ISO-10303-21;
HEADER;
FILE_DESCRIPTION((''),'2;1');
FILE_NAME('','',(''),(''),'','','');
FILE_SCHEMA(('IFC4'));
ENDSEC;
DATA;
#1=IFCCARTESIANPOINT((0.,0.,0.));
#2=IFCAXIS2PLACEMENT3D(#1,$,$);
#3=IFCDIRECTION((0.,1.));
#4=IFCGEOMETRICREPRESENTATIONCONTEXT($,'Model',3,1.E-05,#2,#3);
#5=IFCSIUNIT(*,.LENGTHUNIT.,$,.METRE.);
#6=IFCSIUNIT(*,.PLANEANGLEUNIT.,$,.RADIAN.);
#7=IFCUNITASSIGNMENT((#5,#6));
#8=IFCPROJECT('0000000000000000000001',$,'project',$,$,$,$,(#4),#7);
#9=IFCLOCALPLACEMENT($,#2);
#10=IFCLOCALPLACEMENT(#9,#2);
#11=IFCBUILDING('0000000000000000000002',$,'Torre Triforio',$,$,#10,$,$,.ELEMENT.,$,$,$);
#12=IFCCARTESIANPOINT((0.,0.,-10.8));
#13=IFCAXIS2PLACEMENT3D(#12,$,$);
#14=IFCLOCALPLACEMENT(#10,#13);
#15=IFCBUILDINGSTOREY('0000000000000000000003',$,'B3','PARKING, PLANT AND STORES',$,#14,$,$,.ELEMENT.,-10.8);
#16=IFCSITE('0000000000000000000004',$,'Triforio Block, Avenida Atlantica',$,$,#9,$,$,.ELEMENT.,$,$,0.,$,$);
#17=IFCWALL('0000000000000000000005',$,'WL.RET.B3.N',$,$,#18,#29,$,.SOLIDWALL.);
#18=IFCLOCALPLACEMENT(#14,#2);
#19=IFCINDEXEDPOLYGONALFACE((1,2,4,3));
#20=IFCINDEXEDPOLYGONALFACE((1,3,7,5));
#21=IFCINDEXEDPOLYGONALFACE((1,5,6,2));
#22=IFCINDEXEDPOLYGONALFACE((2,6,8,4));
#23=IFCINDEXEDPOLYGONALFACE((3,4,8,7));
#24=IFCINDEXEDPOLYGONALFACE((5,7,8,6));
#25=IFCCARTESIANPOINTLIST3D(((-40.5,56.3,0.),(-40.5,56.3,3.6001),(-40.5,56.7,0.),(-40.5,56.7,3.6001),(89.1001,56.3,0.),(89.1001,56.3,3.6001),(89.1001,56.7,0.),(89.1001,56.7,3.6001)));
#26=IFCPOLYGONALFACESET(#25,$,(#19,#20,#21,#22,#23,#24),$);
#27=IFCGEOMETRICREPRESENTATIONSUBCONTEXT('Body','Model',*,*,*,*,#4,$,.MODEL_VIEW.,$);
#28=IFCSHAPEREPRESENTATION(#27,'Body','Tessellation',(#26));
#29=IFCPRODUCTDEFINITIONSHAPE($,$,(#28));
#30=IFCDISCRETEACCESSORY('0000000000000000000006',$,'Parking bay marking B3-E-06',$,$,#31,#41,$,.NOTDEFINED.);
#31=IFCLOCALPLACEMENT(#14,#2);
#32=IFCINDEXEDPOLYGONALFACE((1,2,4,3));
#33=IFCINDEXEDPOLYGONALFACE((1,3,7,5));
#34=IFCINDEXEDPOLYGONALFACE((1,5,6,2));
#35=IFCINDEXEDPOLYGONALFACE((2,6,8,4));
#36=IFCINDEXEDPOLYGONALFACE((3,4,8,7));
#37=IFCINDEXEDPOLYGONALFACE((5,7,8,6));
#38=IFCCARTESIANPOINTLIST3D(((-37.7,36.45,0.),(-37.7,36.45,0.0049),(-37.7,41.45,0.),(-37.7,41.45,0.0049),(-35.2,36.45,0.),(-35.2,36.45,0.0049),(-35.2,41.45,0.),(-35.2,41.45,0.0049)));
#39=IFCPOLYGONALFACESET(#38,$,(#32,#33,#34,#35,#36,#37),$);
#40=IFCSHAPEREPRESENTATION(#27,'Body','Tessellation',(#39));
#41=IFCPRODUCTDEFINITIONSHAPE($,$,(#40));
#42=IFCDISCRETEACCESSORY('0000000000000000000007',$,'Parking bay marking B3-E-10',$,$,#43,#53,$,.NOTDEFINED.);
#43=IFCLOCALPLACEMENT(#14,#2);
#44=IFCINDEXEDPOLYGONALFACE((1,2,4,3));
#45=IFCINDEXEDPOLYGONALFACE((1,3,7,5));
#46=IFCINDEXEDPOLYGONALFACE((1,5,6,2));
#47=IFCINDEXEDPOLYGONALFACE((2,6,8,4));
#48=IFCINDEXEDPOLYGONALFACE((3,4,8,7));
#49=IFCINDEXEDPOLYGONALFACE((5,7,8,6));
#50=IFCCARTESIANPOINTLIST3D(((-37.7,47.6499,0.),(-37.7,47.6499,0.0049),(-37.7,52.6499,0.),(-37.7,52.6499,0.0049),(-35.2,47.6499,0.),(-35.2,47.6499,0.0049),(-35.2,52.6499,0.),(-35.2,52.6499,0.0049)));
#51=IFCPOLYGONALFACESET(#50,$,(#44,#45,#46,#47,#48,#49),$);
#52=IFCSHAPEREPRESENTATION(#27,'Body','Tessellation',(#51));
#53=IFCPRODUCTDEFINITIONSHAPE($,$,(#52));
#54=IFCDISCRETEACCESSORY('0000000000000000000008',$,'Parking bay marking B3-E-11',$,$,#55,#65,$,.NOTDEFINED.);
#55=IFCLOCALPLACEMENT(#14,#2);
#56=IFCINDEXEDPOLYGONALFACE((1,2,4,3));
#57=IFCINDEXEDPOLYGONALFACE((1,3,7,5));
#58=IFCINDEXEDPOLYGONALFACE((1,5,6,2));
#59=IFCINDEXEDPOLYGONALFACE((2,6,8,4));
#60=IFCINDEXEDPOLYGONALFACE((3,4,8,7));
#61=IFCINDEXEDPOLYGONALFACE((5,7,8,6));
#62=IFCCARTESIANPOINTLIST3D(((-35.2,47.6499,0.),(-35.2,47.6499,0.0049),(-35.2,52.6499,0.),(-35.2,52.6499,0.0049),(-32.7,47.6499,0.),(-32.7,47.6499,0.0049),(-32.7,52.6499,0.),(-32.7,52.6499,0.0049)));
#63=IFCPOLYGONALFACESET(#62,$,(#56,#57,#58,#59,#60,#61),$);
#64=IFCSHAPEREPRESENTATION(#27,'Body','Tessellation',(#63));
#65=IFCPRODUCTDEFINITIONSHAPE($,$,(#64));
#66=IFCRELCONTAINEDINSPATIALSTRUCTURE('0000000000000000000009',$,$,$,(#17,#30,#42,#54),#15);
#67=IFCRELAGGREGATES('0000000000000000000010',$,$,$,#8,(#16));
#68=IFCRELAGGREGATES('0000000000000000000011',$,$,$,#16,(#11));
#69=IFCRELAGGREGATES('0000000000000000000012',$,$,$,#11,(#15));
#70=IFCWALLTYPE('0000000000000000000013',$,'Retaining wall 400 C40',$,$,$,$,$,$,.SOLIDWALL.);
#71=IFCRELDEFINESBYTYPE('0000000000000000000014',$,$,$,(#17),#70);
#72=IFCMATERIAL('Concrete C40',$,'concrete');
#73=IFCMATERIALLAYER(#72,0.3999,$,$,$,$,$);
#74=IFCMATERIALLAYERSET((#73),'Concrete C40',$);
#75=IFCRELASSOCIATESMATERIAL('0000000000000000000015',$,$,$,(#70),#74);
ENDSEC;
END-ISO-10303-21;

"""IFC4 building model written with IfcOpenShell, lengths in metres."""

from ifc_helpers import new_model, si_unit, direction, frame, frame_2d, origin, origin_2d, place, context, subcontext, project, spatial, rectangle, extrude, material, layer, layer_set, type_object, element, save


model = new_model("IFC4")

# Units and contexts
model_context = context("Model", 3, precision=1e-05, world=origin(), true_north=direction((0.0, 1.0)))
body_context = subcontext(model_context, "Body", "Model", "MODEL_VIEW")
ifc_project = project(units=[si_unit("LENGTHUNIT", "METRE"), si_unit("PLANEANGLEUNIT", "RADIAN")], contexts=[model_context])

# Site, building, storey
site_placement = place(None, origin())
site = spatial("IfcSite", under=ifc_project, at=site_placement, Name="Triforio Block, Avenida Atlantica", CompositionType="ELEMENT", RefElevation=0.0)
building_placement = place(site_placement, origin())
building = spatial("IfcBuilding", under=site, at=building_placement, Name="Torre Triforio", CompositionType="ELEMENT")
storey_placement = place(building_placement, frame((0.0, 0.0, -10.8)))
storey = spatial("IfcBuildingStorey", under=building, at=storey_placement, Name="B3", Description="PARKING, PLANT AND STORES", CompositionType="ELEMENT", Elevation=-10.8)

# Wall
ifc_material_1 = material(Name="Concrete C40", Category="concrete")
ifc_layer = layer(ifc_material_1, 0.3999)
ifc_layer_set = layer_set([ifc_layer], Name="Concrete C40")
wall_type = type_object("IfcWallType", Name="Retaining wall 400 C40", PredefinedType="SOLIDWALL", material=ifc_layer_set)
wall_placement = place(storey_placement, frame((-40.5, 56.5, 0.0), z_axis=(0.0, 0.0, 1.0), x_axis=(1.0, 0.0, 0.0)))
element("IfcWall", 1, at=wall_placement, inside=storey, type_object=wall_type, Name="WL.RET.B3.N", PredefinedType="SOLIDWALL", context=body_context, shape_type="SweptSolid", body=[
    extrude(rectangle(XDim=129.6001, YDim=0.3999, at=frame_2d((64.8, 0.0))), origin(), (0.0, 0.0, 1.0), 3.6001),
])

# Discrete accessories
for number, where, z_axis, x_axis, name in (
    (2, (-36.45, 38.95, 0.0), (0.0, 0.0, 1.0), (1.0, 0.0, 0.0), "Parking bay marking B3-E-06"),
    (3, (-36.45, 50.1499, 0.0), (0.0, 0.0, 1.0), (1.0, 0.0, 0.0), "Parking bay marking B3-E-10"),
    (4, (-33.95, 50.1499, 0.0), (0.0, 0.0, 1.0), (1.0, 0.0, 0.0), "Parking bay marking B3-E-11"),
):
    element("IfcDiscreteAccessory", number, at=place(storey_placement, frame(where, z_axis=z_axis, x_axis=x_axis)), inside=storey, Name=name, PredefinedType="NOTDEFINED", context=body_context, shape_type="SweptSolid", body=[
        extrude(rectangle(XDim=2.5, YDim=5.0, at=origin_2d()), origin(), (0.0, 0.0, 1.0), 0.0049),
    ])

save(model, "model.ifc")
